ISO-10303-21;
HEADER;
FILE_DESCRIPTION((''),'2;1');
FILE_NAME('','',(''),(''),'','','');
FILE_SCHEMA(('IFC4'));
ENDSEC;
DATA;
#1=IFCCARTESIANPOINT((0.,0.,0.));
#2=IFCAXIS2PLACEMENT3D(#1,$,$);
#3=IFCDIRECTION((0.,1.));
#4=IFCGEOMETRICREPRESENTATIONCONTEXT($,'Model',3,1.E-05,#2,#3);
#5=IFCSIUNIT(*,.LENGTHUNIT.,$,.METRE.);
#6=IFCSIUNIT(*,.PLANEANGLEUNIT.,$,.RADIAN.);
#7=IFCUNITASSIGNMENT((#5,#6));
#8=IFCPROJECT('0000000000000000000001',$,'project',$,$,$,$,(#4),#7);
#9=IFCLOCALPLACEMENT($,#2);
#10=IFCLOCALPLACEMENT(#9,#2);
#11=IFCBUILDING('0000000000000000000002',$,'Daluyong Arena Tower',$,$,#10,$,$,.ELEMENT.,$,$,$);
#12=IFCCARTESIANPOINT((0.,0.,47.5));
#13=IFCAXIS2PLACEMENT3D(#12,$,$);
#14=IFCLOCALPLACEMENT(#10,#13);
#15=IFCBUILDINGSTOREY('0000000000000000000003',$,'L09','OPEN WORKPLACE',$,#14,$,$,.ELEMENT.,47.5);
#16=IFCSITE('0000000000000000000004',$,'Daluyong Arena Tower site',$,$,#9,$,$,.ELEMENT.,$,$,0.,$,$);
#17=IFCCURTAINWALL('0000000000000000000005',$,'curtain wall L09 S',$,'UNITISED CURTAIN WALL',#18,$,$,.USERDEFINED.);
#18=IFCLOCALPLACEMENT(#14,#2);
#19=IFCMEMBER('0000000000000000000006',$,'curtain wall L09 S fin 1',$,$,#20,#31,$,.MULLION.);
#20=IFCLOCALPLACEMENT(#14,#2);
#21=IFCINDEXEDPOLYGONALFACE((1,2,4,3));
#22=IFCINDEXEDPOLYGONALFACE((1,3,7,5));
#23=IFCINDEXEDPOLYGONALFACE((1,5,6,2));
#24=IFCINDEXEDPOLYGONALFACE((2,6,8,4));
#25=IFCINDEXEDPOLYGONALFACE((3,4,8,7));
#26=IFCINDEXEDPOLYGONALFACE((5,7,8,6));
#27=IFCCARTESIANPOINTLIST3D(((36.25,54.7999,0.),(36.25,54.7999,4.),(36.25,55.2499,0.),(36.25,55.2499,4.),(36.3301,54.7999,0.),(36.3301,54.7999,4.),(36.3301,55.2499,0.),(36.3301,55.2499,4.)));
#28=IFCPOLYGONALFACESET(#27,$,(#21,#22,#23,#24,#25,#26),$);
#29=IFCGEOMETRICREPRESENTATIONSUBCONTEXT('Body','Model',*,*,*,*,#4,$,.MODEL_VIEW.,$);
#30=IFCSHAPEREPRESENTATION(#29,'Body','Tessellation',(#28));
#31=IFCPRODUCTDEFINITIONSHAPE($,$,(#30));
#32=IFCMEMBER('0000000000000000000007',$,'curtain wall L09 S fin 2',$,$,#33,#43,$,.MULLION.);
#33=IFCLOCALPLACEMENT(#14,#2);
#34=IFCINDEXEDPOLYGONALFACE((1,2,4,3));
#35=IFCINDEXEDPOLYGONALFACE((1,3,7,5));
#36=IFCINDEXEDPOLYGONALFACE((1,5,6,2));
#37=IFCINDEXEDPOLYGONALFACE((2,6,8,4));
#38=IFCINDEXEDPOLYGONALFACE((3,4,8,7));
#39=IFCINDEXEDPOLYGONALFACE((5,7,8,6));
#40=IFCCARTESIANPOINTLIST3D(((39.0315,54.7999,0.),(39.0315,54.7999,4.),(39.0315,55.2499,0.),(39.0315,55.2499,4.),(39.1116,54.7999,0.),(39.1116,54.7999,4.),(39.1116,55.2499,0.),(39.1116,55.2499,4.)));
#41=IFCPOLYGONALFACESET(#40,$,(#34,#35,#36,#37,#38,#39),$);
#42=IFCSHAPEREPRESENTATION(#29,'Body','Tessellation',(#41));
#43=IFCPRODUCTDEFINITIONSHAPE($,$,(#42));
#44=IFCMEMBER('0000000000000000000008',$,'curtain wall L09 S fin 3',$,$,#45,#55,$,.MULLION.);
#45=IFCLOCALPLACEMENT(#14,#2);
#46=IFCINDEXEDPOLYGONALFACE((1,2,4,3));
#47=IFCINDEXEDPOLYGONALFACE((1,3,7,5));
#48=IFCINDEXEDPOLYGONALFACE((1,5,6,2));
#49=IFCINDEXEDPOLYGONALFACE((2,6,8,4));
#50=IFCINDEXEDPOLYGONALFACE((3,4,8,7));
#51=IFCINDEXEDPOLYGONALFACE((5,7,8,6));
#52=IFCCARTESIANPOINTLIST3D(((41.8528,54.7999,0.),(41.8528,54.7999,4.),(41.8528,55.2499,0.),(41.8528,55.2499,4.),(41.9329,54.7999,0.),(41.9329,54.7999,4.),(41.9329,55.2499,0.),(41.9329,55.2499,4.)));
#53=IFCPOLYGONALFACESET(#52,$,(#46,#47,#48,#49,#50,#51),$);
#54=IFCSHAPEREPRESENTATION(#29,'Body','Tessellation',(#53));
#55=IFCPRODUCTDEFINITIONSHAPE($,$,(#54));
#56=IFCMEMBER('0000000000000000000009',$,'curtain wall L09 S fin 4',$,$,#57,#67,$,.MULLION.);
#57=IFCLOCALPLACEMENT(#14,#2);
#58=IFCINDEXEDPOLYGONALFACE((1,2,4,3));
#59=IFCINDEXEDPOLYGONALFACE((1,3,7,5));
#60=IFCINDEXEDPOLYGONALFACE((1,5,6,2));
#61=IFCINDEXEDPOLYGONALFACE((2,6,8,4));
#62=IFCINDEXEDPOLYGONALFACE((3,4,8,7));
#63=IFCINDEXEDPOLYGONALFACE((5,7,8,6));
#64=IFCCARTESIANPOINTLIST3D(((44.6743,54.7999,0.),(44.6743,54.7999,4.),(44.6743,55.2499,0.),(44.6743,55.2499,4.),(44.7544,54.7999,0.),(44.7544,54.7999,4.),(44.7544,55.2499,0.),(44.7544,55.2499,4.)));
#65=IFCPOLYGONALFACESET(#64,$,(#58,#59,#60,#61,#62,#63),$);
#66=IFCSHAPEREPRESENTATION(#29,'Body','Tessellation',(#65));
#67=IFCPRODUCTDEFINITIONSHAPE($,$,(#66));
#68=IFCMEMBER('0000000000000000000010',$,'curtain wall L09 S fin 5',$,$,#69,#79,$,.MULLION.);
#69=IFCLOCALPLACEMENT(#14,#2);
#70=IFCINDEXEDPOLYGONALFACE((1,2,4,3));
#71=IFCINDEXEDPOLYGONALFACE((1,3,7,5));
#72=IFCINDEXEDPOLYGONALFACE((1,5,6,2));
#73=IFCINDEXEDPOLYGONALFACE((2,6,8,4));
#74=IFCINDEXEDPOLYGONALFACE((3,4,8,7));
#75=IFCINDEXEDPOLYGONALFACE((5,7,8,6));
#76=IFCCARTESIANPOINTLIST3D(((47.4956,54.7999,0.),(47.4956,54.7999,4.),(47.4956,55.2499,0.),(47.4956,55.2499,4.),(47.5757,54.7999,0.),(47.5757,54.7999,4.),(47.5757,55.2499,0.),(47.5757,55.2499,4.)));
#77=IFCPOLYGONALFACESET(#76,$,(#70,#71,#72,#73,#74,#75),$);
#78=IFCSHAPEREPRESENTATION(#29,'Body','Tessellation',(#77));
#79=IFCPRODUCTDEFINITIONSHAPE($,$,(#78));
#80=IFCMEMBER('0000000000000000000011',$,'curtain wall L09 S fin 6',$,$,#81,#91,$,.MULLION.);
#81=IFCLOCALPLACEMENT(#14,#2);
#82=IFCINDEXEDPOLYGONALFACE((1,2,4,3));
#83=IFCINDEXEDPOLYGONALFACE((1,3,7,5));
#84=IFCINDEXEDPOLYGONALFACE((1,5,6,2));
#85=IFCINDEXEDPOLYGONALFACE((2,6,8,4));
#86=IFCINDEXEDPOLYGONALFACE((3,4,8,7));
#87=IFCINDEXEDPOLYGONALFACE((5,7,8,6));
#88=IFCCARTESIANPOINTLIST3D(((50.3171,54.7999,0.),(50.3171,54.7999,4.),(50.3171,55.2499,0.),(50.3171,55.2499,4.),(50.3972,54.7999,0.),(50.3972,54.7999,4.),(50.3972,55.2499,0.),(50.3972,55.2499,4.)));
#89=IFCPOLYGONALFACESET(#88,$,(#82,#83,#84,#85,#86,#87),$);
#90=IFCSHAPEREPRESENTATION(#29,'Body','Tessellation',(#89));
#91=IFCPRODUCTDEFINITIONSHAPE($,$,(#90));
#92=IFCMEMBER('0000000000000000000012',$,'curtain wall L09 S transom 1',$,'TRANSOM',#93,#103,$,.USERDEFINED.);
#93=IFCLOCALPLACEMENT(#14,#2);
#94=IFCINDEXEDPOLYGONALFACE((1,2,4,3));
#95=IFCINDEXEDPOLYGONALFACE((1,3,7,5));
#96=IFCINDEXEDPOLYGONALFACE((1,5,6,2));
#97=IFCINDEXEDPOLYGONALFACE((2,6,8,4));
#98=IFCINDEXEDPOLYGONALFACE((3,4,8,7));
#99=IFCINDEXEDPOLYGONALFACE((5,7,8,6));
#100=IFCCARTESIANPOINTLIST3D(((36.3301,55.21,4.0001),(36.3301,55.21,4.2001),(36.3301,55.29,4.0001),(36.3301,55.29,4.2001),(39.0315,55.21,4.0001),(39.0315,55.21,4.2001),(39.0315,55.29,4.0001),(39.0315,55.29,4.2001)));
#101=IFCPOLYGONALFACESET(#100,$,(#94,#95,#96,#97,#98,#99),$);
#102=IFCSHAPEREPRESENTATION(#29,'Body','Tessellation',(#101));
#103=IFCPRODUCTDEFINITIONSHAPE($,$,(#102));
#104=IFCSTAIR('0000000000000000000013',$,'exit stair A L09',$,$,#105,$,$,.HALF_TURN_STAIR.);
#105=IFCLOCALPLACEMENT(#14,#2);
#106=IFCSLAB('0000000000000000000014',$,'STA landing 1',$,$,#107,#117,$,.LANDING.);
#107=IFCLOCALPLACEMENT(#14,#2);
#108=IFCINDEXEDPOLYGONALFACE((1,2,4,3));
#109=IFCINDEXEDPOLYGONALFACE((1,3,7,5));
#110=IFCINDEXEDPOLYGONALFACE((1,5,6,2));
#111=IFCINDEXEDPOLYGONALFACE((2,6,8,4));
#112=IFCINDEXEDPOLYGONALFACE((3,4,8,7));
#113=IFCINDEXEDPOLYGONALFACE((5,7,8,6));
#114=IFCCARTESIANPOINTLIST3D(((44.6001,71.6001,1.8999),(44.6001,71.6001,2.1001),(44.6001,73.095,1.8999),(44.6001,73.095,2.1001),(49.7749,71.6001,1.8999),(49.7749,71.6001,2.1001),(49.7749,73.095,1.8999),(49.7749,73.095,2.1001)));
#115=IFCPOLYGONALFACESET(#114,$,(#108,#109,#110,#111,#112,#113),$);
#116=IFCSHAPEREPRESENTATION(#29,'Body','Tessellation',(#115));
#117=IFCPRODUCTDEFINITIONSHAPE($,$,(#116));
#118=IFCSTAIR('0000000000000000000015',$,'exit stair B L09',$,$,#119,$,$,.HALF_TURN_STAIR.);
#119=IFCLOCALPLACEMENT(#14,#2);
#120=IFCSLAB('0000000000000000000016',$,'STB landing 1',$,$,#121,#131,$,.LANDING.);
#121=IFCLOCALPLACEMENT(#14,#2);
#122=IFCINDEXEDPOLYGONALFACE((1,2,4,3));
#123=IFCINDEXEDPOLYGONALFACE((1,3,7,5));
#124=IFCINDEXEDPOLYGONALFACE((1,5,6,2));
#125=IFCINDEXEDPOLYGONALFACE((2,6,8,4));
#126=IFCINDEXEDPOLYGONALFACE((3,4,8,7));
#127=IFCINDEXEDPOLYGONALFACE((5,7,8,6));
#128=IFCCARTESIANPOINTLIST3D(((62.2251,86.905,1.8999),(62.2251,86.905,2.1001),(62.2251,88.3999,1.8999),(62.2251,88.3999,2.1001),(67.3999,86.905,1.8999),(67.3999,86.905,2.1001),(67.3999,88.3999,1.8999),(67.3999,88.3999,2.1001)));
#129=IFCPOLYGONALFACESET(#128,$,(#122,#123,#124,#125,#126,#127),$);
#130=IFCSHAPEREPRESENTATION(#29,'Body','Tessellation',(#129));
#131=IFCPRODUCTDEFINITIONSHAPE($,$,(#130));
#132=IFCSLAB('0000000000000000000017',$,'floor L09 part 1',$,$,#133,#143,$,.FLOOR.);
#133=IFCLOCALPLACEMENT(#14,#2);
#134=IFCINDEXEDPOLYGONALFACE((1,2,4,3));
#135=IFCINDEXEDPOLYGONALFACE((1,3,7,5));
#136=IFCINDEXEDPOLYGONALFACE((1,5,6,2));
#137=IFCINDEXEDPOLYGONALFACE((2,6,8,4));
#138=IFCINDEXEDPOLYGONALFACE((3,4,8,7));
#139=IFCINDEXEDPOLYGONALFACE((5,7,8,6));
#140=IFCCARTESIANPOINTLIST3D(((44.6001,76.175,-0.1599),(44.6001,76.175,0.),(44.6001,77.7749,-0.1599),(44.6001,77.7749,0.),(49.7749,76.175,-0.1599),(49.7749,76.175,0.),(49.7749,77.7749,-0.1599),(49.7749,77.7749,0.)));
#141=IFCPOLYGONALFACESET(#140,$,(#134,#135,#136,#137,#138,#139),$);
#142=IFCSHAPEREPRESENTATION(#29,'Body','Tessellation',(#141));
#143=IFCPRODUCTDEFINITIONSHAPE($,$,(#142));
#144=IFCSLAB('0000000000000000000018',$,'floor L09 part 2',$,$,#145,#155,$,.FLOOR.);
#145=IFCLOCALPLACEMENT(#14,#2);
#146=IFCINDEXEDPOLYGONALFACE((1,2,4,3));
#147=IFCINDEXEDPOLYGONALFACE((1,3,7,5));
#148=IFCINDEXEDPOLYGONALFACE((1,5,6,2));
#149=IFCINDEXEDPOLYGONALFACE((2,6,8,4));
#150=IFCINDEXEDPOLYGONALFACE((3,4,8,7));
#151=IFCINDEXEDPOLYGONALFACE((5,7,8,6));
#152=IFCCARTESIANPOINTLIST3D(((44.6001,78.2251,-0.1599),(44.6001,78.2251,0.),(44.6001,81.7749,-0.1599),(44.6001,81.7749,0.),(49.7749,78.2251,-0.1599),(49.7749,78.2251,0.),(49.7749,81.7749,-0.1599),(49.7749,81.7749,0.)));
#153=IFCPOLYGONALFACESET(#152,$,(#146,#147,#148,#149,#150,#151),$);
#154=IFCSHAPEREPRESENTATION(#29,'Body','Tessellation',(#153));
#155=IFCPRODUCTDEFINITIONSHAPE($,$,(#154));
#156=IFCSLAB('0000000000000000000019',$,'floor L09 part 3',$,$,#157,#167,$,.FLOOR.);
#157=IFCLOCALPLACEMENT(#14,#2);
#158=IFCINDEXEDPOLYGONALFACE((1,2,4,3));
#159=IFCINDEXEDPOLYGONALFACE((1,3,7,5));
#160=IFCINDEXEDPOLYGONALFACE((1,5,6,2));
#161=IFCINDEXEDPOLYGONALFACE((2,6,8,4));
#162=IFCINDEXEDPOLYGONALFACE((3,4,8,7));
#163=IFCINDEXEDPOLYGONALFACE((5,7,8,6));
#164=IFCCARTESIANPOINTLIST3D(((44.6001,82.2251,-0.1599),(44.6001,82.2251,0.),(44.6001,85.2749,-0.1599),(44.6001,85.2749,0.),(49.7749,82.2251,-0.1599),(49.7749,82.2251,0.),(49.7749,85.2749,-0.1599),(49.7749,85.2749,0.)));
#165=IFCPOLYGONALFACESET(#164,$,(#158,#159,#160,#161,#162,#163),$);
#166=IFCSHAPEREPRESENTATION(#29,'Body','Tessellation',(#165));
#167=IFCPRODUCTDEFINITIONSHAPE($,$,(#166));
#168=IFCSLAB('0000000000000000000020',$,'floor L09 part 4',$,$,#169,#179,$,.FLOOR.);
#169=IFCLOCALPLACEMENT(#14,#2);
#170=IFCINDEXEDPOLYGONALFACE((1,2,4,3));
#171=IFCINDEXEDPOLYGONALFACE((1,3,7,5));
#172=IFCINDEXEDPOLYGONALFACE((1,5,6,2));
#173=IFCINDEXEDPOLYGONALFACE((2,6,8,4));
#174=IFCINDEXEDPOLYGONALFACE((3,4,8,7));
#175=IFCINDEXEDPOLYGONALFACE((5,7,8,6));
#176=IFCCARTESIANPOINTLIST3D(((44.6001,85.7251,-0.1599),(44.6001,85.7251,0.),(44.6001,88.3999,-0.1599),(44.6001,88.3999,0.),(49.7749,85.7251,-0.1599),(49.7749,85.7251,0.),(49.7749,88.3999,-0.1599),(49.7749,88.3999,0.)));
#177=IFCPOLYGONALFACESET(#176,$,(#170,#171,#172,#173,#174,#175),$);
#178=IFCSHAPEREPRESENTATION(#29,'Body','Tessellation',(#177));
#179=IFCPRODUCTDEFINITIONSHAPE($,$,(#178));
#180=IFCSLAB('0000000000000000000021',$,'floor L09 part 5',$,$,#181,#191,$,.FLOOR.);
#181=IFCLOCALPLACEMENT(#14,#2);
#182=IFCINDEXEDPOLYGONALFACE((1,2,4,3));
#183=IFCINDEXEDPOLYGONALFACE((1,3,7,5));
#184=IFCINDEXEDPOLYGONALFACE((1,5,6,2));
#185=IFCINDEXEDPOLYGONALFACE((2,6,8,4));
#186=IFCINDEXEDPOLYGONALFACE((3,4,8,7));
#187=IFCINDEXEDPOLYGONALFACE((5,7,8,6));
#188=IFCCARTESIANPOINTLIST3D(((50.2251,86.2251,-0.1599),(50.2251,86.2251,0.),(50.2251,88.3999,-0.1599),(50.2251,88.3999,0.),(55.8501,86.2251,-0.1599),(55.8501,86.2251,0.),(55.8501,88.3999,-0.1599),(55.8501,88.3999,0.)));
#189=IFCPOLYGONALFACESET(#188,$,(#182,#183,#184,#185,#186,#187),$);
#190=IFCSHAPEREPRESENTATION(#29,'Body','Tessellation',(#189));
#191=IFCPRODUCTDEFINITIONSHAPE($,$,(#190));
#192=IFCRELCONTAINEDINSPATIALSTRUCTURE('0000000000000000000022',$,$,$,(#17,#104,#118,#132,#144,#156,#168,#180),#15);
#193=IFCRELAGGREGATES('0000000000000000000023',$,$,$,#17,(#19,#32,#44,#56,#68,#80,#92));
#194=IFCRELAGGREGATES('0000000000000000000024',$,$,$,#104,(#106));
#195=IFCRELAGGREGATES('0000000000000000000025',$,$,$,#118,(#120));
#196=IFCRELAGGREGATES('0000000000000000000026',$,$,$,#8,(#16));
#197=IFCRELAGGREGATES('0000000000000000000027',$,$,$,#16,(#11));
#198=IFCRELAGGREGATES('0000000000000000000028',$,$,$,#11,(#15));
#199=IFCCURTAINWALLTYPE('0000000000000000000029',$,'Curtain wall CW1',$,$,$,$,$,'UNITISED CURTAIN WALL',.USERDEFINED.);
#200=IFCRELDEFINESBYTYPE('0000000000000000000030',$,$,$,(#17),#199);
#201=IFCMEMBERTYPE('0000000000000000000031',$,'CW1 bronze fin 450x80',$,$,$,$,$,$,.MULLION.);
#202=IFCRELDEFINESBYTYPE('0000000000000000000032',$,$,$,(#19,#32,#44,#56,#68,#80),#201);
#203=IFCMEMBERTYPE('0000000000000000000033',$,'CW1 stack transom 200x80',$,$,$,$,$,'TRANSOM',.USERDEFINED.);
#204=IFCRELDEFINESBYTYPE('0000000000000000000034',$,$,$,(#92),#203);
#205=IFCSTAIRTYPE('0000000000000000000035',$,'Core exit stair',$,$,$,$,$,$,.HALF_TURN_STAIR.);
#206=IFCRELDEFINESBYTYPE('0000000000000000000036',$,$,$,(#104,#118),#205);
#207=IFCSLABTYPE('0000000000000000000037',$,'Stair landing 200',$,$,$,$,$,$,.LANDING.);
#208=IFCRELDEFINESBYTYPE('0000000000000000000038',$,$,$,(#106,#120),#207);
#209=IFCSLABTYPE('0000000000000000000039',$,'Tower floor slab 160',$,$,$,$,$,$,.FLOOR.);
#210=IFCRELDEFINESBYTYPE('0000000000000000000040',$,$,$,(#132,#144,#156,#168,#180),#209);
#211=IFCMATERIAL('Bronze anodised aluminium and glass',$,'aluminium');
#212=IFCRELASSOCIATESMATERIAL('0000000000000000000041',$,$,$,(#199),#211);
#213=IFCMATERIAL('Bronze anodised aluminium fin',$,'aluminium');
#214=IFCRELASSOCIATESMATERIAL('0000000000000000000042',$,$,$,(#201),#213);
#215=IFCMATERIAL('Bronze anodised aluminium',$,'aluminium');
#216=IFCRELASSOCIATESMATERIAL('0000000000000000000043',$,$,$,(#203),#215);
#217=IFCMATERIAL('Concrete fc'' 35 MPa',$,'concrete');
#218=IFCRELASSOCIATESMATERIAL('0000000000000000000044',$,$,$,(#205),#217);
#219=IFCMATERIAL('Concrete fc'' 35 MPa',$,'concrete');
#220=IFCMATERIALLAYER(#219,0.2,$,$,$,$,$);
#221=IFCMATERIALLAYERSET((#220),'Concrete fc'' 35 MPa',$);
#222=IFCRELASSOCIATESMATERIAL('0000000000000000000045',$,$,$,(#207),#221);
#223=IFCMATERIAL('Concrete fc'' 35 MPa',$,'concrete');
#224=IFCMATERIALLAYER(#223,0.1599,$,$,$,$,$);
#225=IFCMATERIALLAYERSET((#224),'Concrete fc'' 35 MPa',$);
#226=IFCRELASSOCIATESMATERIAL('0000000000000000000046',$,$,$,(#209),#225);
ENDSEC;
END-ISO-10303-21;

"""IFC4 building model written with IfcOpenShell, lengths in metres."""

from ifc_helpers import new_model, si_unit, direction, frame, origin, origin_2d, place, context, subcontext, project, spatial, polyline, rectangle, outline, extrude, material, layer, layer_set, material_profile, profile_set, type_object, element, aggregate, save


model = new_model("IFC4")

# Units and contexts
model_context = context("Model", 3, precision=1e-05, world=origin(), true_north=direction((0.0, 1.0)))
body_context = subcontext(model_context, "Body", "Model", "MODEL_VIEW")
ifc_project = project(units=[si_unit("LENGTHUNIT", "METRE"), si_unit("PLANEANGLEUNIT", "RADIAN")], contexts=[model_context])

# Site, building, storey
site_placement = place(None, origin())
site = spatial("IfcSite", under=ifc_project, at=site_placement, Name="Daluyong Arena Tower site", CompositionType="ELEMENT", RefElevation=0.0)
building_placement = place(site_placement, origin())
building = spatial("IfcBuilding", under=site, at=building_placement, Name="Daluyong Arena Tower", CompositionType="ELEMENT")
storey_placement = place(building_placement, frame((0.0, 0.0, 47.5)))
storey = spatial("IfcBuildingStorey", under=building, at=storey_placement, Name="L09", Description="OPEN WORKPLACE", CompositionType="ELEMENT", Elevation=47.5)

# Curtain wall, members
ifc_material_1 = material(Name="Bronze anodised aluminium and glass", Category="aluminium")
curtain_wall_type = type_object("IfcCurtainWallType", Name="Curtain wall CW1", ElementType="UNITISED CURTAIN WALL", PredefinedType="USERDEFINED", material=ifc_material_1)
curtain_wall_placement = place(storey_placement, origin())
curtain_wall = element("IfcCurtainWall", 1, at=curtain_wall_placement, inside=storey, type_object=curtain_wall_type, Name="curtain wall L09 S", ObjectType="UNITISED CURTAIN WALL", PredefinedType="USERDEFINED")
ifc_material_2 = material(Name="Bronze anodised aluminium fin", Category="aluminium")
ifc_material_profile_1 = material_profile(ifc_material_2, rectangle(XDim=0.45, YDim=0.0801, at=origin_2d()))
ifc_profile_set_1 = profile_set([ifc_material_profile_1], Name="Bronze anodised aluminium fin")
member_type_1 = type_object("IfcMemberType", Name="CW1 bronze fin 450x80", PredefinedType="MULLION", material=ifc_profile_set_1)
member_1_placement = place(storey_placement, frame((36.29, 55.0249, 0.0), z_axis=(0.0, 0.0, 1.0), x_axis=(0.0, 1.0, 0.0)))
member_1 = element("IfcMember", 2, at=member_1_placement, type_object=member_type_1, Name="curtain wall L09 S fin 1", PredefinedType="MULLION", context=body_context, shape_type="SweptSolid", body=[
    extrude(rectangle(XDim=0.45, YDim=0.0801, at=origin_2d()), origin(), (0.0, 0.0, 1.0), 4.0),
])
member_2_placement = place(storey_placement, frame((39.0715, 55.0249, 0.0), z_axis=(0.0, 0.0, 1.0), x_axis=(0.0, 1.0, 0.0)))
member_2 = element("IfcMember", 3, at=member_2_placement, type_object=member_type_1, Name="curtain wall L09 S fin 2", PredefinedType="MULLION", context=body_context, shape_type="SweptSolid", body=[
    extrude(rectangle(XDim=0.45, YDim=0.0801, at=origin_2d()), origin(), (0.0, 0.0, 1.0), 4.0),
])
member_3_placement = place(storey_placement, frame((41.8928, 55.0249, 0.0), z_axis=(0.0, 0.0, 1.0), x_axis=(0.0, 1.0, 0.0)))
member_3 = element("IfcMember", 4, at=member_3_placement, type_object=member_type_1, Name="curtain wall L09 S fin 3", PredefinedType="MULLION", context=body_context, shape_type="SweptSolid", body=[
    extrude(rectangle(XDim=0.45, YDim=0.0801, at=origin_2d()), origin(), (0.0, 0.0, 1.0), 4.0),
])
member_4_placement = place(storey_placement, frame((44.7144, 55.0249, 0.0), z_axis=(0.0, 0.0, 1.0), x_axis=(0.0, 1.0, 0.0)))
member_4 = element("IfcMember", 5, at=member_4_placement, type_object=member_type_1, Name="curtain wall L09 S fin 4", PredefinedType="MULLION", context=body_context, shape_type="SweptSolid", body=[
    extrude(rectangle(XDim=0.45, YDim=0.0801, at=origin_2d()), origin(), (0.0, 0.0, 1.0), 4.0),
])
member_5_placement = place(storey_placement, frame((47.5356, 55.0249, 0.0), z_axis=(0.0, 0.0, 1.0), x_axis=(0.0, 1.0, 0.0)))
member_5 = element("IfcMember", 6, at=member_5_placement, type_object=member_type_1, Name="curtain wall L09 S fin 5", PredefinedType="MULLION", context=body_context, shape_type="SweptSolid", body=[
    extrude(rectangle(XDim=0.45, YDim=0.0801, at=origin_2d()), origin(), (0.0, 0.0, 1.0), 4.0),
])
member_6_placement = place(storey_placement, frame((50.3572, 55.0249, 0.0), z_axis=(0.0, 0.0, 1.0), x_axis=(0.0, 1.0, 0.0)))
member_6 = element("IfcMember", 7, at=member_6_placement, type_object=member_type_1, Name="curtain wall L09 S fin 6", PredefinedType="MULLION", context=body_context, shape_type="SweptSolid", body=[
    extrude(rectangle(XDim=0.45, YDim=0.0801, at=origin_2d()), origin(), (0.0, 0.0, 1.0), 4.0),
])
ifc_material_3 = material(Name="Bronze anodised aluminium", Category="aluminium")
ifc_material_profile_2 = material_profile(ifc_material_3, rectangle(XDim=0.0801, YDim=0.2, at=origin_2d()))
ifc_profile_set_2 = profile_set([ifc_material_profile_2], Name="Bronze anodised aluminium")
member_type_2 = type_object("IfcMemberType", Name="CW1 stack transom 200x80", ElementType="TRANSOM", PredefinedType="USERDEFINED", material=ifc_profile_set_2)
member_7_placement = place(storey_placement, frame((36.3301, 55.25, 4.1001), z_axis=(1.0, 0.0, 0.0), x_axis=(0.0, 1.0, 0.0)))
member_7 = element("IfcMember", 8, at=member_7_placement, type_object=member_type_2, Name="curtain wall L09 S transom 1", ObjectType="TRANSOM", PredefinedType="USERDEFINED", context=body_context, shape_type="SweptSolid", body=[
    extrude(rectangle(XDim=0.0801, YDim=0.2, at=origin_2d()), origin(), (0.0, 0.0, 1.0), 2.7014),
])
aggregate(curtain_wall, [member_1, member_2, member_3, member_4, member_5, member_6, member_7])

# Stairs, slabs
ifc_material_4 = material(Name="Concrete fc' 35 MPa", Category="concrete")
stair_type = type_object("IfcStairType", Name="Core exit stair", PredefinedType="HALF_TURN_STAIR", material=ifc_material_4)
stair_1_placement = place(storey_placement, origin())
stair_1 = element("IfcStair", 9, at=stair_1_placement, inside=storey, type_object=stair_type, Name="exit stair A L09", PredefinedType="HALF_TURN_STAIR")
ifc_material_5 = material(Name="Concrete fc' 35 MPa", Category="concrete")
ifc_layer_1 = layer(ifc_material_5, 0.2)
ifc_layer_set_1 = layer_set([ifc_layer_1], Name="Concrete fc' 35 MPa")
slab_type_1 = type_object("IfcSlabType", Name="Stair landing 200", PredefinedType="LANDING", material=ifc_layer_set_1)
slab_1_placement = place(storey_placement, frame((0.0, 0.0, 1.8999)))
slab_1 = element("IfcSlab", 10, at=slab_1_placement, type_object=slab_type_1, Name="STA landing 1", PredefinedType="LANDING", context=body_context, shape_type="SweptSolid", body=[
    extrude(outline(polyline([(44.6001, 71.6001), (49.7749, 71.6001), (49.7749, 73.095), (44.6001, 73.095), (44.6001, 71.6001)])), origin(), (0.0, 0.0, 1.0), 0.2002),
])
aggregate(stair_1, [slab_1])
stair_2_placement = place(storey_placement, origin())
stair_2 = element("IfcStair", 11, at=stair_2_placement, inside=storey, type_object=stair_type, Name="exit stair B L09", PredefinedType="HALF_TURN_STAIR")
slab_2_placement = place(storey_placement, frame((0.0, 0.0, 1.8999)))
slab_2 = element("IfcSlab", 12, at=slab_2_placement, type_object=slab_type_1, Name="STB landing 1", PredefinedType="LANDING", context=body_context, shape_type="SweptSolid", body=[
    extrude(outline(polyline([(62.2251, 86.905), (67.3999, 86.905), (67.3999, 88.3999), (62.2251, 88.3999), (62.2251, 86.905)])), origin(), (0.0, 0.0, 1.0), 0.2002),
])
aggregate(stair_2, [slab_2])

# Slabs
ifc_material_6 = material(Name="Concrete fc' 35 MPa", Category="concrete")
ifc_layer_2 = layer(ifc_material_6, 0.1599)
ifc_layer_set_2 = layer_set([ifc_layer_2], Name="Concrete fc' 35 MPa")
slab_type_2 = type_object("IfcSlabType", Name="Tower floor slab 160", PredefinedType="FLOOR", material=ifc_layer_set_2)
slab_3_placement = place(storey_placement, frame((0.0, 0.0, -0.1599)))
element("IfcSlab", 13, at=slab_3_placement, inside=storey, type_object=slab_type_2, Name="floor L09 part 1", PredefinedType="FLOOR", context=body_context, shape_type="SweptSolid", body=[
    extrude(outline(polyline([(49.7749, 76.175), (49.7749, 77.7749), (44.6001, 77.7749), (44.6001, 76.175), (49.7749, 76.175)])), origin(), (0.0, 0.0, 1.0), 0.1599),
])
slab_4_placement = place(storey_placement, frame((0.0, 0.0, -0.1599)))
element("IfcSlab", 14, at=slab_4_placement, inside=storey, type_object=slab_type_2, Name="floor L09 part 2", PredefinedType="FLOOR", context=body_context, shape_type="SweptSolid", body=[
    extrude(outline(polyline([(49.7749, 78.2251), (49.7749, 81.7749), (44.6001, 81.7749), (44.6001, 78.2251), (49.7749, 78.2251)])), origin(), (0.0, 0.0, 1.0), 0.1599),
])
slab_5_placement = place(storey_placement, frame((0.0, 0.0, -0.1599)))
element("IfcSlab", 15, at=slab_5_placement, inside=storey, type_object=slab_type_2, Name="floor L09 part 3", PredefinedType="FLOOR", context=body_context, shape_type="SweptSolid", body=[
    extrude(outline(polyline([(49.7749, 82.2251), (49.7749, 85.2749), (44.6001, 85.2749), (44.6001, 82.2251), (49.7749, 82.2251)])), origin(), (0.0, 0.0, 1.0), 0.1599),
])
slab_6_placement = place(storey_placement, frame((0.0, 0.0, -0.1599)))
element("IfcSlab", 16, at=slab_6_placement, inside=storey, type_object=slab_type_2, Name="floor L09 part 4", PredefinedType="FLOOR", context=body_context, shape_type="SweptSolid", body=[
    extrude(outline(polyline([(44.6001, 88.3999), (44.6001, 85.7251), (49.7749, 85.7251), (49.7749, 88.3999), (44.6001, 88.3999)])), origin(), (0.0, 0.0, 1.0), 0.1599),
])
slab_7_placement = place(storey_placement, frame((0.0, 0.0, -0.1599)))
element("IfcSlab", 17, at=slab_7_placement, inside=storey, type_object=slab_type_2, Name="floor L09 part 5", PredefinedType="FLOOR", context=body_context, shape_type="SweptSolid", body=[
    extrude(outline(polyline([(50.2251, 88.3999), (50.2251, 86.2251), (55.8501, 86.2251), (55.8501, 88.3999), (50.2251, 88.3999)])), origin(), (0.0, 0.0, 1.0), 0.1599),
])

save(model, "model.ifc")
